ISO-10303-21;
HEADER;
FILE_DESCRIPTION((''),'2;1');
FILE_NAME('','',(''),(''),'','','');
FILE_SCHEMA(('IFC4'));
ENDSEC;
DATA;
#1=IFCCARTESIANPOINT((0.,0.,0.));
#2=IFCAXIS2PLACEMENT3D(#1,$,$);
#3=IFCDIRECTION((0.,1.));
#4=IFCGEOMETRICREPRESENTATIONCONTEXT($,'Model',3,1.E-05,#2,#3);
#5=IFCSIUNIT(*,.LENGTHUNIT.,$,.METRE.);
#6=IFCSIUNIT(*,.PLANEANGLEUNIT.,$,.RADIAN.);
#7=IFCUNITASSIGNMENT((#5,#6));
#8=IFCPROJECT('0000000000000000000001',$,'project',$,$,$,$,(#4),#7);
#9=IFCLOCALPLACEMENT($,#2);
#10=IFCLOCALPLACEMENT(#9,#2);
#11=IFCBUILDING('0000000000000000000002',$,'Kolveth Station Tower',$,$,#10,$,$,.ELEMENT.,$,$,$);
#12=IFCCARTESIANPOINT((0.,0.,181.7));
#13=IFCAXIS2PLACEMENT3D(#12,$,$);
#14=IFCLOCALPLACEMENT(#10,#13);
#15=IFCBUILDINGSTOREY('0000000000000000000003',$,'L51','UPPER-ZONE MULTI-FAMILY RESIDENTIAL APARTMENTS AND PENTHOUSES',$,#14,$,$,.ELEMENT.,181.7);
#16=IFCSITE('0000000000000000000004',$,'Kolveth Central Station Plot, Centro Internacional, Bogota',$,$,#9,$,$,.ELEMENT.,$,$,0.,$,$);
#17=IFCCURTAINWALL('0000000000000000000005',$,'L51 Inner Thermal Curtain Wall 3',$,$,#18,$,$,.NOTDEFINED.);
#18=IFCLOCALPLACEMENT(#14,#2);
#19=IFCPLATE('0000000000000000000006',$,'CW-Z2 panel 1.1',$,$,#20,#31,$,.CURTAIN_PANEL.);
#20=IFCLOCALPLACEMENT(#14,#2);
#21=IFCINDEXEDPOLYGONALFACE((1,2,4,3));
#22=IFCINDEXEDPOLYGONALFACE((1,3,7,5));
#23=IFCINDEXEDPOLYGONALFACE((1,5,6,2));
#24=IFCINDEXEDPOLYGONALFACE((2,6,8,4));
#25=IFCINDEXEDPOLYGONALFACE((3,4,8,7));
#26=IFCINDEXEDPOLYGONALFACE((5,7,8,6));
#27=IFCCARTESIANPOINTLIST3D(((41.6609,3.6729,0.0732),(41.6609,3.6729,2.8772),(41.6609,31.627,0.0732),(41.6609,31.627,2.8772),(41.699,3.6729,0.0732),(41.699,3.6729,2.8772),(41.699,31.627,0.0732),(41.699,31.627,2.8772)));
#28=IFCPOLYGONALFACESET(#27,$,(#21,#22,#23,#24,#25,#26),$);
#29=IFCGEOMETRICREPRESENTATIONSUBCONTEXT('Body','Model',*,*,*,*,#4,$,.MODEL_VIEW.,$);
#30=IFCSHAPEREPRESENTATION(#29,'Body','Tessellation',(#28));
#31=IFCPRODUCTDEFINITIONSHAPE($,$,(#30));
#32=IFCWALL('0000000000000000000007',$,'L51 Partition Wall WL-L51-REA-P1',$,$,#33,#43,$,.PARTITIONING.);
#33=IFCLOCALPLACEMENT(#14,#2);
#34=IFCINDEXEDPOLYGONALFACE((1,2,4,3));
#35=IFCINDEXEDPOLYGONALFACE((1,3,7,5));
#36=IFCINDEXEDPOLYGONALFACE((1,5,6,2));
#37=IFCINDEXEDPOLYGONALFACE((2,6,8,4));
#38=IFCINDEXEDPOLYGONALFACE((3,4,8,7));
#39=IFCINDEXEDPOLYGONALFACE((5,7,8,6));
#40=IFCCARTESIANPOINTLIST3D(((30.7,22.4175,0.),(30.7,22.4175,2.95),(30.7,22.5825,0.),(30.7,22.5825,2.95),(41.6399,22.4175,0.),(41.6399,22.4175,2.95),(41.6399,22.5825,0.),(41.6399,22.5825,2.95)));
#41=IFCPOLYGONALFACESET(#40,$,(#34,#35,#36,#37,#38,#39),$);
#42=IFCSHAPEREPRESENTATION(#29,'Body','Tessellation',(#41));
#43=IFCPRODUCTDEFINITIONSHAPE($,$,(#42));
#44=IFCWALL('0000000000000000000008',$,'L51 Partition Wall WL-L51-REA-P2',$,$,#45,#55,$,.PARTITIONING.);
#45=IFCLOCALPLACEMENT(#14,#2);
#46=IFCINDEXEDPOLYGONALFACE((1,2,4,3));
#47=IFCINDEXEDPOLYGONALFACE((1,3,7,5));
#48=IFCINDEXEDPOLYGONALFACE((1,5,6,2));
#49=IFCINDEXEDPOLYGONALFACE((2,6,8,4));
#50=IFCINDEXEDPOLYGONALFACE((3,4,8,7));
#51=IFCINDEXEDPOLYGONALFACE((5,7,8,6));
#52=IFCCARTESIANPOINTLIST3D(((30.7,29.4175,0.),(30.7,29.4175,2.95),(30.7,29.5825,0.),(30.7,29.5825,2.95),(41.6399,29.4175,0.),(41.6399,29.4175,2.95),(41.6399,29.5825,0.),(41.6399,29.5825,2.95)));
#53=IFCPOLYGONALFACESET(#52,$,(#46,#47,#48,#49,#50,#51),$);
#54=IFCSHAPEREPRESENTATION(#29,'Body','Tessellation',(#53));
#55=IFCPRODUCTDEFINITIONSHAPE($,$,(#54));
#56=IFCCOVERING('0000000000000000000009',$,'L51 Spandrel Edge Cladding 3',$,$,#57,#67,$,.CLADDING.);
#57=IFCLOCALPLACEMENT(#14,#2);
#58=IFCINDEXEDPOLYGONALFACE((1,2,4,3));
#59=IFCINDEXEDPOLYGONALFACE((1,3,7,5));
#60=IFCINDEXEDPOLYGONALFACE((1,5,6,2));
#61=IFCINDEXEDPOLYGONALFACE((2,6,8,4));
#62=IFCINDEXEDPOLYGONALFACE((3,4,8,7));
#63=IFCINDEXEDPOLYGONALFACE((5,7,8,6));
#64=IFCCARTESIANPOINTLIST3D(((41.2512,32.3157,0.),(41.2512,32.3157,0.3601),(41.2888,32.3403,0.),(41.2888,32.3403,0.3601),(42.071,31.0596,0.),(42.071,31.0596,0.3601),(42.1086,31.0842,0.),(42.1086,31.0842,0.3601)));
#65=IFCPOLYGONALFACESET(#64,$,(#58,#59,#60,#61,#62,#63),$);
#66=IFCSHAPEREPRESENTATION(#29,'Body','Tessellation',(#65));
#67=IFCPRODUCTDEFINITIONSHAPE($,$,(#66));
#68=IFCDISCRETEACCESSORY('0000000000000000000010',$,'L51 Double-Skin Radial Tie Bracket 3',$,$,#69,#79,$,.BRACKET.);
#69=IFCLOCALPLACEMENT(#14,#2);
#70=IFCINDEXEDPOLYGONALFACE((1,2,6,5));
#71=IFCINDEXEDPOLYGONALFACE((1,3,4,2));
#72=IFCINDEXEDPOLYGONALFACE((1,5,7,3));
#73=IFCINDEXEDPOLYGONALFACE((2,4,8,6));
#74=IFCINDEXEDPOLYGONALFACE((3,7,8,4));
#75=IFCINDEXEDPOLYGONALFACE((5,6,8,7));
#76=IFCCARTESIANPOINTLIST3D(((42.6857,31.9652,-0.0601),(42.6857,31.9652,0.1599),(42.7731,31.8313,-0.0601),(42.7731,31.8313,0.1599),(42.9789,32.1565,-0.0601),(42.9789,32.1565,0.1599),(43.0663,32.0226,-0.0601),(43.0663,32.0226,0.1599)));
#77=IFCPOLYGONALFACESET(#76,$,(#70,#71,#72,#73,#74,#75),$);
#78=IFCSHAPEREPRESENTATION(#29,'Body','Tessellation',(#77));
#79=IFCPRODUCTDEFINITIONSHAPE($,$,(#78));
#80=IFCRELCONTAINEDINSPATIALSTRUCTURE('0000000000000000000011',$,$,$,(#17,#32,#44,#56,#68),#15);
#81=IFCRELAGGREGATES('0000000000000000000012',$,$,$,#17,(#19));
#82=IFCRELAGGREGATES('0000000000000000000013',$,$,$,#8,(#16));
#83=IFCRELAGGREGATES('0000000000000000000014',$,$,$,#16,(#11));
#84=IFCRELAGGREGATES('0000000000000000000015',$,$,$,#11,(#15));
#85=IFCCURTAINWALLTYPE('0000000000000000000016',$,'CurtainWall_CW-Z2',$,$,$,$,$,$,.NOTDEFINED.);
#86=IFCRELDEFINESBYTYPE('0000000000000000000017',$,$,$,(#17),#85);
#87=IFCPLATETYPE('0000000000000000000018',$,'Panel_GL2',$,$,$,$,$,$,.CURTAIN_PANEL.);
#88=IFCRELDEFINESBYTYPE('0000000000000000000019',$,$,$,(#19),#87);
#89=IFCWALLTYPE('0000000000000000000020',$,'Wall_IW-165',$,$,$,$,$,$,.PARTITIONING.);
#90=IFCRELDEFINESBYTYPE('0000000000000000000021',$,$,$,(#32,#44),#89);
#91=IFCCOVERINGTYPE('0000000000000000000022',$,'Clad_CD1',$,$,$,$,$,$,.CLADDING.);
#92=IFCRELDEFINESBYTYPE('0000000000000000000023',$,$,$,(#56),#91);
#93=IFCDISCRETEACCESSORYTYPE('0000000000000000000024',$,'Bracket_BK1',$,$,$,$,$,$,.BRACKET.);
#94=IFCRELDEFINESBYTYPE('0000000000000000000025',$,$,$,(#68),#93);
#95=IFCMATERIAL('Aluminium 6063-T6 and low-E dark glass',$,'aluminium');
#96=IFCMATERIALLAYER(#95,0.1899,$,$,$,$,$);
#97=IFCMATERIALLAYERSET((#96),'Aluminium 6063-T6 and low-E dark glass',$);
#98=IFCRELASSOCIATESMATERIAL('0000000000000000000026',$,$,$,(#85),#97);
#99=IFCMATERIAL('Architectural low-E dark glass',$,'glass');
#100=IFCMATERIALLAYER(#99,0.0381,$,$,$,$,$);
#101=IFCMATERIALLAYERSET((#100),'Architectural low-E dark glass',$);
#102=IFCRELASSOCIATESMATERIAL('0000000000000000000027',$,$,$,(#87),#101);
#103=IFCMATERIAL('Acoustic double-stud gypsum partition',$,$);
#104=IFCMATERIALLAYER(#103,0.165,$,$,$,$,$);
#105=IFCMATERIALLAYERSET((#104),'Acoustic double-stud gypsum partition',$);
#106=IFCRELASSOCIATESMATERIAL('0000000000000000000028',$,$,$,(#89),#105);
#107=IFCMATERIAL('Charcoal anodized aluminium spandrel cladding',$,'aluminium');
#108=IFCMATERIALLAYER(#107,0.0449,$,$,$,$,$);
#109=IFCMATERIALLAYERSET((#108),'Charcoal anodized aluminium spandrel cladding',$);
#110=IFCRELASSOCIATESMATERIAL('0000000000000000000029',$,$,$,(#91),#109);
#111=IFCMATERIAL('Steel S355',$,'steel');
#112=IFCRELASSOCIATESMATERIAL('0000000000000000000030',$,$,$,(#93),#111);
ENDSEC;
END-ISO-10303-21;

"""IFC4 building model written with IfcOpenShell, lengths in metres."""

from ifc_helpers import new_model, si_unit, direction, frame, frame_2d, origin, origin_2d, place, context, subcontext, project, spatial, rectangle, extrude, source, transform, mapped, material, layer, layer_set, type_object, element, aggregate, save


model = new_model("IFC4")

# Units and contexts
model_context = context("Model", 3, precision=1e-05, world=origin(), true_north=direction((0.0, 1.0)))
body_context = subcontext(model_context, "Body", "Model", "MODEL_VIEW")
ifc_project = project(units=[si_unit("LENGTHUNIT", "METRE"), si_unit("PLANEANGLEUNIT", "RADIAN")], contexts=[model_context])

# Site, building, storey
site_placement = place(None, origin())
site = spatial("IfcSite", under=ifc_project, at=site_placement, Name="Kolveth Central Station Plot, Centro Internacional, Bogota", CompositionType="ELEMENT", RefElevation=0.0)
building_placement = place(site_placement, origin())
building = spatial("IfcBuilding", under=site, at=building_placement, Name="Kolveth Station Tower", CompositionType="ELEMENT")
storey_placement = place(building_placement, frame((0.0, 0.0, 181.7)))
storey = spatial("IfcBuildingStorey", under=building, at=storey_placement, Name="L51", Description="UPPER-ZONE MULTI-FAMILY RESIDENTIAL APARTMENTS AND PENTHOUSES", CompositionType="ELEMENT", Elevation=181.7)

# Shared definitions
ifc_material_1 = material(Name="Steel S355", Category="steel")

# Curtain wall
ifc_material_2 = material(Name="Aluminium 6063-T6 and low-E dark glass", Category="aluminium")
ifc_layer_1 = layer(ifc_material_2, 0.1899)
ifc_layer_set_1 = layer_set([ifc_layer_1], Name="Aluminium 6063-T6 and low-E dark glass")
curtain_wall_type = type_object("IfcCurtainWallType", Name="CurtainWall_CW-Z2", PredefinedType="NOTDEFINED", material=ifc_layer_set_1)
curtain_wall_1_placement = place(storey_placement, origin())
curtain_wall_1 = element("IfcCurtainWall", 1, at=curtain_wall_1_placement, inside=storey, type_object=curtain_wall_type, Name="L51 Inner Thermal Curtain Wall 3", PredefinedType="NOTDEFINED")

# Plate
ifc_material_3 = material(Name="Architectural low-E dark glass", Category="glass")
ifc_layer_2 = layer(ifc_material_3, 0.0381)
ifc_layer_set_2 = layer_set([ifc_layer_2], Name="Architectural low-E dark glass")
plate_type = type_object("IfcPlateType", Name="Panel_GL2", PredefinedType="CURTAIN_PANEL", material=ifc_layer_set_2)
shared_shape_1 = source(origin(), body_context, "Body", "SweptSolid", [
    extrude(rectangle(XDim=27.9541, YDim=0.0381, at=origin_2d()), origin(), (0.0, 0.0, 1.0), 2.804),
])
plate_placement = place(storey_placement, frame((41.6799, 17.6499, 0.0732), z_axis=(0.0, 0.0, 1.0), x_axis=(0.0, 1.0, 0.0)))
plate = element("IfcPlate", 2, at=plate_placement, type_object=plate_type, Name="CW-Z2 panel 1.1", PredefinedType="CURTAIN_PANEL", context=body_context, shape_type="MappedRepresentation", body=[
    mapped(shared_shape_1, transform((0.0, 0.0, 0.0), x_axis=(1.0, 0.0, 0.0), y_axis=(0.0, 1.0, 0.0), z_axis=(0.0, 0.0, 1.0), scale=1.0)),
])
aggregate(curtain_wall_1, [plate])

# Walls
ifc_material_4 = material(Name="Acoustic double-stud gypsum partition")
ifc_layer_3 = layer(ifc_material_4, 0.165)
ifc_layer_set_3 = layer_set([ifc_layer_3], Name="Acoustic double-stud gypsum partition")
wall_type = type_object("IfcWallType", Name="Wall_IW-165", PredefinedType="PARTITIONING", material=ifc_layer_set_3)
for number, where, z_axis, x_axis, name in (
    (3, (30.7, 22.5, 0.0), (0.0, 0.0, 1.0), (1.0, 0.0, 0.0), "L51 Partition Wall WL-L51-REA-P1"),
    (4, (30.7, 29.5, 0.0), (0.0, 0.0, 1.0), (1.0, 0.0, 0.0), "L51 Partition Wall WL-L51-REA-P2"),
):
    element("IfcWall", number, at=place(storey_placement, frame(where, z_axis=z_axis, x_axis=x_axis)), inside=storey, type_object=wall_type, Name=name, PredefinedType="PARTITIONING", context=body_context, shape_type="SweptSolid", body=[
        extrude(rectangle(XDim=10.9399, YDim=0.165, at=frame_2d((5.47, 0.0))), origin(), (0.0, 0.0, 1.0), 2.95),
    ])

# Covering
ifc_material_5 = material(Name="Charcoal anodized aluminium spandrel cladding", Category="aluminium")
ifc_layer_4 = layer(ifc_material_5, 0.0449)
ifc_layer_set_4 = layer_set([ifc_layer_4], Name="Charcoal anodized aluminium spandrel cladding")
covering_type = type_object("IfcCoveringType", Name="Clad_CD1", PredefinedType="CLADDING", material=ifc_layer_set_4)
shared_shape_2 = source(origin(), body_context, "Body", "SweptSolid", [
    extrude(rectangle(XDim=1.5, YDim=0.0449, at=origin_2d()), origin(), (0.0, 0.0, 1.0), 0.3601),
])
covering_placement = place(storey_placement, frame((41.6799, 31.7, 0.0), z_axis=(0.0, 0.0, 1.0), x_axis=(-0.546541, 0.837433, 0.0)))
element("IfcCovering", 5, at=covering_placement, inside=storey, type_object=covering_type, Name="L51 Spandrel Edge Cladding 3", PredefinedType="CLADDING", context=body_context, shape_type="MappedRepresentation", body=[
    mapped(shared_shape_2, transform((0.0, 0.0, 0.0), x_axis=(1.0, 0.0, 0.0), y_axis=(0.0, 1.0, 0.0), z_axis=(0.0, 0.0, 1.0), scale=1.0)),
])

# Discrete accessory
discrete_accessory_type = type_object("IfcDiscreteAccessoryType", Name="Bracket_BK1", PredefinedType="BRACKET", material=ifc_material_1)
shared_shape_3 = source(origin(), body_context, "Body", "SweptSolid", [
    extrude(rectangle(XDim=0.3501, YDim=0.1599, at=origin_2d()), origin(), (0.0, 0.0, 1.0), 0.22),
])
discrete_accessory_placement = place(storey_placement, frame((42.876, 31.9939, -0.0601), z_axis=(0.0, 0.0, 1.0), x_axis=(0.837433, 0.546541, 0.0)))
element("IfcDiscreteAccessory", 6, at=discrete_accessory_placement, inside=storey, type_object=discrete_accessory_type, Name="L51 Double-Skin Radial Tie Bracket 3", PredefinedType="BRACKET", context=body_context, shape_type="MappedRepresentation", body=[
    mapped(shared_shape_3, transform((0.0, 0.0, 0.0), x_axis=(1.0, 0.0, 0.0), y_axis=(0.0, 1.0, 0.0), z_axis=(0.0, 0.0, 1.0), scale=1.0)),
])

save(model, "model.ifc")
